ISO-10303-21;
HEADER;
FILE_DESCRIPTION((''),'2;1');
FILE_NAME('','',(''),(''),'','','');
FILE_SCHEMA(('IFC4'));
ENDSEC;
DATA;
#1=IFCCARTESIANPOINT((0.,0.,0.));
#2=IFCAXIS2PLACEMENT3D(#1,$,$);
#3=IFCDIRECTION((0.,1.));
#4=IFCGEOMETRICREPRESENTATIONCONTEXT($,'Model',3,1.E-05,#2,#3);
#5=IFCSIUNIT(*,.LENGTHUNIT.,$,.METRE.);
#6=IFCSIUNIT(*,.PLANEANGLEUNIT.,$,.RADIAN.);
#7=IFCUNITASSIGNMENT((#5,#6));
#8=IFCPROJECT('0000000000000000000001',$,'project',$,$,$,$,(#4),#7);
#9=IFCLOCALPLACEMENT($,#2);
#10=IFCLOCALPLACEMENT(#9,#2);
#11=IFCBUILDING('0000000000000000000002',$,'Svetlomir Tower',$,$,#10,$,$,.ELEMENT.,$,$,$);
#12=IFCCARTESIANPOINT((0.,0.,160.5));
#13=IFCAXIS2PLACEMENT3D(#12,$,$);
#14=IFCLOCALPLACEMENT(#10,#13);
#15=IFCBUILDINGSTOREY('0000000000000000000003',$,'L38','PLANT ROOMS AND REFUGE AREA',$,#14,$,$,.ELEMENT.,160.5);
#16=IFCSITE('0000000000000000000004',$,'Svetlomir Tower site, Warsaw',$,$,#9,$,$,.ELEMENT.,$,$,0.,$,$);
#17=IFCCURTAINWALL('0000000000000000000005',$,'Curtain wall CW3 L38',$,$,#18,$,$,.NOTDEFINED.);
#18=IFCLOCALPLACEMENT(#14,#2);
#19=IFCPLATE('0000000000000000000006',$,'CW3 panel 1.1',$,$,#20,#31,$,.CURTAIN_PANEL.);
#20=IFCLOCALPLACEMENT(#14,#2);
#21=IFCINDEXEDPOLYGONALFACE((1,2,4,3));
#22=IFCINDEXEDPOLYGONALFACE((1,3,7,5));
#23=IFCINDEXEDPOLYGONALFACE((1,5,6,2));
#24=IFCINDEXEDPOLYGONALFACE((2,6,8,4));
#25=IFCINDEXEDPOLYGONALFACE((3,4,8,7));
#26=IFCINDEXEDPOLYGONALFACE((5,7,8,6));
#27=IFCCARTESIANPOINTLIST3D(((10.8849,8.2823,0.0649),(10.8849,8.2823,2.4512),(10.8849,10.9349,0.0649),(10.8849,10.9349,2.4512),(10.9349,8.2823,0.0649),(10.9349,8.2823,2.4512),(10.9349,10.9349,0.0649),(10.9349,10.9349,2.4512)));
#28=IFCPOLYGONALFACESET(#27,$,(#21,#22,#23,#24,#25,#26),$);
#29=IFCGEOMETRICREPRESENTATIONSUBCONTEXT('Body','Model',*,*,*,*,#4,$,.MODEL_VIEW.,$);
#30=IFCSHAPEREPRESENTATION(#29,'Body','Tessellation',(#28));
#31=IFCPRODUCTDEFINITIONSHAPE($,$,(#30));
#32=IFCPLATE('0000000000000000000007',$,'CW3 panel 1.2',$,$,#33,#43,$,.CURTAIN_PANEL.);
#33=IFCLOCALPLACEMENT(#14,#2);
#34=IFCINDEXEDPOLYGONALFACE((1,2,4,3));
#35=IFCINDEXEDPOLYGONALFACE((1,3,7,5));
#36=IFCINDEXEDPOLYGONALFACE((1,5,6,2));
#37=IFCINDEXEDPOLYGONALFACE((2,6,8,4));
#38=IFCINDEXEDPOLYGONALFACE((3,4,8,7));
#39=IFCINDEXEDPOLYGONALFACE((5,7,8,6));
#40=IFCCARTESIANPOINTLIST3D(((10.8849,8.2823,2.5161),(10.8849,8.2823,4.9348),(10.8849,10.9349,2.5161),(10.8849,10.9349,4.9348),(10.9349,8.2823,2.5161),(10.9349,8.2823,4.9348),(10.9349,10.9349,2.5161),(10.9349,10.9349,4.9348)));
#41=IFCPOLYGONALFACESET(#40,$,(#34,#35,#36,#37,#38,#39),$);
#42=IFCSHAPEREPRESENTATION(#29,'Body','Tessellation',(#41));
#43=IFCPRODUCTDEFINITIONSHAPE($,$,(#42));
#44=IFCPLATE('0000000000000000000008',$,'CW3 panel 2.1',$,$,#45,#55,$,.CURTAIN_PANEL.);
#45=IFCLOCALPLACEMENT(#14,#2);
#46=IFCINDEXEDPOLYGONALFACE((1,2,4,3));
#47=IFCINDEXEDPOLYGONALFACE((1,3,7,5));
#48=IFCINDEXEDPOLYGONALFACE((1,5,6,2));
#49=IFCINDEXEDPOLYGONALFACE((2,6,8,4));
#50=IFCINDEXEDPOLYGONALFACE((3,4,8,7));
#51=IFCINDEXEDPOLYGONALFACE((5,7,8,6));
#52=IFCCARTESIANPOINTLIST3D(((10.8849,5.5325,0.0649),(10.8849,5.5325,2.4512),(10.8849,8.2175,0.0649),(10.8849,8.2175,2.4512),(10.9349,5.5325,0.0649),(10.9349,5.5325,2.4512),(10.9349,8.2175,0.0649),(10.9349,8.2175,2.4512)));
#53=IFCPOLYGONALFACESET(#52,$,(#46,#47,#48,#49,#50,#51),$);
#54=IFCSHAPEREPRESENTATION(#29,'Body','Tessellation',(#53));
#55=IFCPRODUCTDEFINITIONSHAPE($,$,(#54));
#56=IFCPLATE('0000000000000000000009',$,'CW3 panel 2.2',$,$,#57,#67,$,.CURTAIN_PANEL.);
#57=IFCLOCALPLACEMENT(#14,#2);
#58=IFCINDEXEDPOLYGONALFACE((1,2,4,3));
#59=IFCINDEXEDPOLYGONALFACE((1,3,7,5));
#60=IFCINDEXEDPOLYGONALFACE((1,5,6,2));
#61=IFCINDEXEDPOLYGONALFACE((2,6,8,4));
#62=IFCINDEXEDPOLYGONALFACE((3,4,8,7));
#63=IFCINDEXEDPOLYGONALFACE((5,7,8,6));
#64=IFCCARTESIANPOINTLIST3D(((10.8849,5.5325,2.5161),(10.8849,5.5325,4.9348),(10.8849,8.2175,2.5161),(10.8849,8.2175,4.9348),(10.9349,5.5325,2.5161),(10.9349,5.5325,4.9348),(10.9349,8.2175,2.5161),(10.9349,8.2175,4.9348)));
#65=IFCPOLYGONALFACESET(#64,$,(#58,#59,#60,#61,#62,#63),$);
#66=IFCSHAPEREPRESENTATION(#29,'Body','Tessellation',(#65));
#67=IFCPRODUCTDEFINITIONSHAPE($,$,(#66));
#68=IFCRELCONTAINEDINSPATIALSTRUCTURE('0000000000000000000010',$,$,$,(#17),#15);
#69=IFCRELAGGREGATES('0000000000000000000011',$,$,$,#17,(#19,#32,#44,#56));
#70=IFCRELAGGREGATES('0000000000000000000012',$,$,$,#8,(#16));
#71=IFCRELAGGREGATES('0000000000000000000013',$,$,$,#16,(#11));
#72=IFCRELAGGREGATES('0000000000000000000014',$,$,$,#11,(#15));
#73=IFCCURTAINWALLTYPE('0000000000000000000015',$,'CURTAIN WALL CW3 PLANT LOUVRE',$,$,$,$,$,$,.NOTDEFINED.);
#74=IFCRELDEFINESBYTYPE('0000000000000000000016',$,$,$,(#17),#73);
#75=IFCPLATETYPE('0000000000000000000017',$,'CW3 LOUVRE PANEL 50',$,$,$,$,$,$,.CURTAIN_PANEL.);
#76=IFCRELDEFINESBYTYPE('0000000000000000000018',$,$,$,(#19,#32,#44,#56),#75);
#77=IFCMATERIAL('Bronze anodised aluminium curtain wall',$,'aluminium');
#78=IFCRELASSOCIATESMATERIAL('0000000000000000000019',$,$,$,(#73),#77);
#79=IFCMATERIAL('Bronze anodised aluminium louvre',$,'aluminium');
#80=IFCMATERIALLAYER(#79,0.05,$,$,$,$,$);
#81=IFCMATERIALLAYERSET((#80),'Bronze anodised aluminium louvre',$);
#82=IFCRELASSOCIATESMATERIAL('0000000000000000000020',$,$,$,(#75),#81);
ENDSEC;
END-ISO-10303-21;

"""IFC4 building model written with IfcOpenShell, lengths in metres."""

from ifc_helpers import new_model, si_unit, direction, frame, origin, origin_2d, place, context, subcontext, project, spatial, rectangle, extrude, material, layer, layer_set, type_object, element, aggregate, save


model = new_model("IFC4")

# Units and contexts
model_context = context("Model", 3, precision=1e-05, world=origin(), true_north=direction((0.0, 1.0)))
body_context = subcontext(model_context, "Body", "Model", "MODEL_VIEW")
ifc_project = project(units=[si_unit("LENGTHUNIT", "METRE"), si_unit("PLANEANGLEUNIT", "RADIAN")], contexts=[model_context])

# Site, building, storey
site_placement = place(None, origin())
site = spatial("IfcSite", under=ifc_project, at=site_placement, Name="Svetlomir Tower site, Warsaw", CompositionType="ELEMENT", RefElevation=0.0)
building_placement = place(site_placement, origin())
building = spatial("IfcBuilding", under=site, at=building_placement, Name="Svetlomir Tower", CompositionType="ELEMENT")
storey_placement = place(building_placement, frame((0.0, 0.0, 160.5)))
storey = spatial("IfcBuildingStorey", under=building, at=storey_placement, Name="L38", Description="PLANT ROOMS AND REFUGE AREA", CompositionType="ELEMENT", Elevation=160.5)

# Curtain wall
ifc_material_1 = material(Name="Bronze anodised aluminium curtain wall", Category="aluminium")
curtain_wall_type = type_object("IfcCurtainWallType", Name="CURTAIN WALL CW3 PLANT LOUVRE", PredefinedType="NOTDEFINED", material=ifc_material_1)
curtain_wall_1_placement = place(storey_placement, origin())
curtain_wall_1 = element("IfcCurtainWall", 1, at=curtain_wall_1_placement, inside=storey, type_object=curtain_wall_type, Name="Curtain wall CW3 L38", PredefinedType="NOTDEFINED")

# Plates
ifc_material_2 = material(Name="Bronze anodised aluminium louvre", Category="aluminium")
ifc_layer = layer(ifc_material_2, 0.05)
ifc_layer_set = layer_set([ifc_layer], Name="Bronze anodised aluminium louvre")
plate_type = type_object("IfcPlateType", Name="CW3 LOUVRE PANEL 50", PredefinedType="CURTAIN_PANEL", material=ifc_layer_set)
plate_1_placement = place(storey_placement, frame((10.9099, 9.6086, 0.0649), z_axis=(0.0, 0.0, 1.0), x_axis=(0.0, -1.0, 0.0)))
plate_1 = element("IfcPlate", 2, at=plate_1_placement, type_object=plate_type, Name="CW3 panel 1.1", PredefinedType="CURTAIN_PANEL", context=body_context, shape_type="SweptSolid", body=[
    extrude(rectangle(XDim=2.6526, YDim=0.05, at=origin_2d()), origin(), (0.0, 0.0, 1.0), 2.3862),
])
plate_2_placement = place(storey_placement, frame((10.9099, 9.6086, 2.5161), z_axis=(0.0, 0.0, 1.0), x_axis=(0.0, -1.0, 0.0)))
plate_2 = element("IfcPlate", 3, at=plate_2_placement, type_object=plate_type, Name="CW3 panel 1.2", PredefinedType="CURTAIN_PANEL", context=body_context, shape_type="SweptSolid", body=[
    extrude(rectangle(XDim=2.6526, YDim=0.05, at=origin_2d()), origin(), (0.0, 0.0, 1.0), 2.4187),
])
plate_3_placement = place(storey_placement, frame((10.9099, 6.875, 0.0649), z_axis=(0.0, 0.0, 1.0), x_axis=(0.0, -1.0, 0.0)))
plate_3 = element("IfcPlate", 4, at=plate_3_placement, type_object=plate_type, Name="CW3 panel 2.1", PredefinedType="CURTAIN_PANEL", context=body_context, shape_type="SweptSolid", body=[
    extrude(rectangle(XDim=2.6851, YDim=0.05, at=origin_2d()), origin(), (0.0, 0.0, 1.0), 2.3862),
])
plate_4_placement = place(storey_placement, frame((10.9099, 6.875, 2.5161), z_axis=(0.0, 0.0, 1.0), x_axis=(0.0, -1.0, 0.0)))
plate_4 = element("IfcPlate", 5, at=plate_4_placement, type_object=plate_type, Name="CW3 panel 2.2", PredefinedType="CURTAIN_PANEL", context=body_context, shape_type="SweptSolid", body=[
    extrude(rectangle(XDim=2.6851, YDim=0.05, at=origin_2d()), origin(), (0.0, 0.0, 1.0), 2.4187),
])
aggregate(curtain_wall_1, [plate_1, plate_2, plate_3, plate_4])

save(model, "model.ifc")
